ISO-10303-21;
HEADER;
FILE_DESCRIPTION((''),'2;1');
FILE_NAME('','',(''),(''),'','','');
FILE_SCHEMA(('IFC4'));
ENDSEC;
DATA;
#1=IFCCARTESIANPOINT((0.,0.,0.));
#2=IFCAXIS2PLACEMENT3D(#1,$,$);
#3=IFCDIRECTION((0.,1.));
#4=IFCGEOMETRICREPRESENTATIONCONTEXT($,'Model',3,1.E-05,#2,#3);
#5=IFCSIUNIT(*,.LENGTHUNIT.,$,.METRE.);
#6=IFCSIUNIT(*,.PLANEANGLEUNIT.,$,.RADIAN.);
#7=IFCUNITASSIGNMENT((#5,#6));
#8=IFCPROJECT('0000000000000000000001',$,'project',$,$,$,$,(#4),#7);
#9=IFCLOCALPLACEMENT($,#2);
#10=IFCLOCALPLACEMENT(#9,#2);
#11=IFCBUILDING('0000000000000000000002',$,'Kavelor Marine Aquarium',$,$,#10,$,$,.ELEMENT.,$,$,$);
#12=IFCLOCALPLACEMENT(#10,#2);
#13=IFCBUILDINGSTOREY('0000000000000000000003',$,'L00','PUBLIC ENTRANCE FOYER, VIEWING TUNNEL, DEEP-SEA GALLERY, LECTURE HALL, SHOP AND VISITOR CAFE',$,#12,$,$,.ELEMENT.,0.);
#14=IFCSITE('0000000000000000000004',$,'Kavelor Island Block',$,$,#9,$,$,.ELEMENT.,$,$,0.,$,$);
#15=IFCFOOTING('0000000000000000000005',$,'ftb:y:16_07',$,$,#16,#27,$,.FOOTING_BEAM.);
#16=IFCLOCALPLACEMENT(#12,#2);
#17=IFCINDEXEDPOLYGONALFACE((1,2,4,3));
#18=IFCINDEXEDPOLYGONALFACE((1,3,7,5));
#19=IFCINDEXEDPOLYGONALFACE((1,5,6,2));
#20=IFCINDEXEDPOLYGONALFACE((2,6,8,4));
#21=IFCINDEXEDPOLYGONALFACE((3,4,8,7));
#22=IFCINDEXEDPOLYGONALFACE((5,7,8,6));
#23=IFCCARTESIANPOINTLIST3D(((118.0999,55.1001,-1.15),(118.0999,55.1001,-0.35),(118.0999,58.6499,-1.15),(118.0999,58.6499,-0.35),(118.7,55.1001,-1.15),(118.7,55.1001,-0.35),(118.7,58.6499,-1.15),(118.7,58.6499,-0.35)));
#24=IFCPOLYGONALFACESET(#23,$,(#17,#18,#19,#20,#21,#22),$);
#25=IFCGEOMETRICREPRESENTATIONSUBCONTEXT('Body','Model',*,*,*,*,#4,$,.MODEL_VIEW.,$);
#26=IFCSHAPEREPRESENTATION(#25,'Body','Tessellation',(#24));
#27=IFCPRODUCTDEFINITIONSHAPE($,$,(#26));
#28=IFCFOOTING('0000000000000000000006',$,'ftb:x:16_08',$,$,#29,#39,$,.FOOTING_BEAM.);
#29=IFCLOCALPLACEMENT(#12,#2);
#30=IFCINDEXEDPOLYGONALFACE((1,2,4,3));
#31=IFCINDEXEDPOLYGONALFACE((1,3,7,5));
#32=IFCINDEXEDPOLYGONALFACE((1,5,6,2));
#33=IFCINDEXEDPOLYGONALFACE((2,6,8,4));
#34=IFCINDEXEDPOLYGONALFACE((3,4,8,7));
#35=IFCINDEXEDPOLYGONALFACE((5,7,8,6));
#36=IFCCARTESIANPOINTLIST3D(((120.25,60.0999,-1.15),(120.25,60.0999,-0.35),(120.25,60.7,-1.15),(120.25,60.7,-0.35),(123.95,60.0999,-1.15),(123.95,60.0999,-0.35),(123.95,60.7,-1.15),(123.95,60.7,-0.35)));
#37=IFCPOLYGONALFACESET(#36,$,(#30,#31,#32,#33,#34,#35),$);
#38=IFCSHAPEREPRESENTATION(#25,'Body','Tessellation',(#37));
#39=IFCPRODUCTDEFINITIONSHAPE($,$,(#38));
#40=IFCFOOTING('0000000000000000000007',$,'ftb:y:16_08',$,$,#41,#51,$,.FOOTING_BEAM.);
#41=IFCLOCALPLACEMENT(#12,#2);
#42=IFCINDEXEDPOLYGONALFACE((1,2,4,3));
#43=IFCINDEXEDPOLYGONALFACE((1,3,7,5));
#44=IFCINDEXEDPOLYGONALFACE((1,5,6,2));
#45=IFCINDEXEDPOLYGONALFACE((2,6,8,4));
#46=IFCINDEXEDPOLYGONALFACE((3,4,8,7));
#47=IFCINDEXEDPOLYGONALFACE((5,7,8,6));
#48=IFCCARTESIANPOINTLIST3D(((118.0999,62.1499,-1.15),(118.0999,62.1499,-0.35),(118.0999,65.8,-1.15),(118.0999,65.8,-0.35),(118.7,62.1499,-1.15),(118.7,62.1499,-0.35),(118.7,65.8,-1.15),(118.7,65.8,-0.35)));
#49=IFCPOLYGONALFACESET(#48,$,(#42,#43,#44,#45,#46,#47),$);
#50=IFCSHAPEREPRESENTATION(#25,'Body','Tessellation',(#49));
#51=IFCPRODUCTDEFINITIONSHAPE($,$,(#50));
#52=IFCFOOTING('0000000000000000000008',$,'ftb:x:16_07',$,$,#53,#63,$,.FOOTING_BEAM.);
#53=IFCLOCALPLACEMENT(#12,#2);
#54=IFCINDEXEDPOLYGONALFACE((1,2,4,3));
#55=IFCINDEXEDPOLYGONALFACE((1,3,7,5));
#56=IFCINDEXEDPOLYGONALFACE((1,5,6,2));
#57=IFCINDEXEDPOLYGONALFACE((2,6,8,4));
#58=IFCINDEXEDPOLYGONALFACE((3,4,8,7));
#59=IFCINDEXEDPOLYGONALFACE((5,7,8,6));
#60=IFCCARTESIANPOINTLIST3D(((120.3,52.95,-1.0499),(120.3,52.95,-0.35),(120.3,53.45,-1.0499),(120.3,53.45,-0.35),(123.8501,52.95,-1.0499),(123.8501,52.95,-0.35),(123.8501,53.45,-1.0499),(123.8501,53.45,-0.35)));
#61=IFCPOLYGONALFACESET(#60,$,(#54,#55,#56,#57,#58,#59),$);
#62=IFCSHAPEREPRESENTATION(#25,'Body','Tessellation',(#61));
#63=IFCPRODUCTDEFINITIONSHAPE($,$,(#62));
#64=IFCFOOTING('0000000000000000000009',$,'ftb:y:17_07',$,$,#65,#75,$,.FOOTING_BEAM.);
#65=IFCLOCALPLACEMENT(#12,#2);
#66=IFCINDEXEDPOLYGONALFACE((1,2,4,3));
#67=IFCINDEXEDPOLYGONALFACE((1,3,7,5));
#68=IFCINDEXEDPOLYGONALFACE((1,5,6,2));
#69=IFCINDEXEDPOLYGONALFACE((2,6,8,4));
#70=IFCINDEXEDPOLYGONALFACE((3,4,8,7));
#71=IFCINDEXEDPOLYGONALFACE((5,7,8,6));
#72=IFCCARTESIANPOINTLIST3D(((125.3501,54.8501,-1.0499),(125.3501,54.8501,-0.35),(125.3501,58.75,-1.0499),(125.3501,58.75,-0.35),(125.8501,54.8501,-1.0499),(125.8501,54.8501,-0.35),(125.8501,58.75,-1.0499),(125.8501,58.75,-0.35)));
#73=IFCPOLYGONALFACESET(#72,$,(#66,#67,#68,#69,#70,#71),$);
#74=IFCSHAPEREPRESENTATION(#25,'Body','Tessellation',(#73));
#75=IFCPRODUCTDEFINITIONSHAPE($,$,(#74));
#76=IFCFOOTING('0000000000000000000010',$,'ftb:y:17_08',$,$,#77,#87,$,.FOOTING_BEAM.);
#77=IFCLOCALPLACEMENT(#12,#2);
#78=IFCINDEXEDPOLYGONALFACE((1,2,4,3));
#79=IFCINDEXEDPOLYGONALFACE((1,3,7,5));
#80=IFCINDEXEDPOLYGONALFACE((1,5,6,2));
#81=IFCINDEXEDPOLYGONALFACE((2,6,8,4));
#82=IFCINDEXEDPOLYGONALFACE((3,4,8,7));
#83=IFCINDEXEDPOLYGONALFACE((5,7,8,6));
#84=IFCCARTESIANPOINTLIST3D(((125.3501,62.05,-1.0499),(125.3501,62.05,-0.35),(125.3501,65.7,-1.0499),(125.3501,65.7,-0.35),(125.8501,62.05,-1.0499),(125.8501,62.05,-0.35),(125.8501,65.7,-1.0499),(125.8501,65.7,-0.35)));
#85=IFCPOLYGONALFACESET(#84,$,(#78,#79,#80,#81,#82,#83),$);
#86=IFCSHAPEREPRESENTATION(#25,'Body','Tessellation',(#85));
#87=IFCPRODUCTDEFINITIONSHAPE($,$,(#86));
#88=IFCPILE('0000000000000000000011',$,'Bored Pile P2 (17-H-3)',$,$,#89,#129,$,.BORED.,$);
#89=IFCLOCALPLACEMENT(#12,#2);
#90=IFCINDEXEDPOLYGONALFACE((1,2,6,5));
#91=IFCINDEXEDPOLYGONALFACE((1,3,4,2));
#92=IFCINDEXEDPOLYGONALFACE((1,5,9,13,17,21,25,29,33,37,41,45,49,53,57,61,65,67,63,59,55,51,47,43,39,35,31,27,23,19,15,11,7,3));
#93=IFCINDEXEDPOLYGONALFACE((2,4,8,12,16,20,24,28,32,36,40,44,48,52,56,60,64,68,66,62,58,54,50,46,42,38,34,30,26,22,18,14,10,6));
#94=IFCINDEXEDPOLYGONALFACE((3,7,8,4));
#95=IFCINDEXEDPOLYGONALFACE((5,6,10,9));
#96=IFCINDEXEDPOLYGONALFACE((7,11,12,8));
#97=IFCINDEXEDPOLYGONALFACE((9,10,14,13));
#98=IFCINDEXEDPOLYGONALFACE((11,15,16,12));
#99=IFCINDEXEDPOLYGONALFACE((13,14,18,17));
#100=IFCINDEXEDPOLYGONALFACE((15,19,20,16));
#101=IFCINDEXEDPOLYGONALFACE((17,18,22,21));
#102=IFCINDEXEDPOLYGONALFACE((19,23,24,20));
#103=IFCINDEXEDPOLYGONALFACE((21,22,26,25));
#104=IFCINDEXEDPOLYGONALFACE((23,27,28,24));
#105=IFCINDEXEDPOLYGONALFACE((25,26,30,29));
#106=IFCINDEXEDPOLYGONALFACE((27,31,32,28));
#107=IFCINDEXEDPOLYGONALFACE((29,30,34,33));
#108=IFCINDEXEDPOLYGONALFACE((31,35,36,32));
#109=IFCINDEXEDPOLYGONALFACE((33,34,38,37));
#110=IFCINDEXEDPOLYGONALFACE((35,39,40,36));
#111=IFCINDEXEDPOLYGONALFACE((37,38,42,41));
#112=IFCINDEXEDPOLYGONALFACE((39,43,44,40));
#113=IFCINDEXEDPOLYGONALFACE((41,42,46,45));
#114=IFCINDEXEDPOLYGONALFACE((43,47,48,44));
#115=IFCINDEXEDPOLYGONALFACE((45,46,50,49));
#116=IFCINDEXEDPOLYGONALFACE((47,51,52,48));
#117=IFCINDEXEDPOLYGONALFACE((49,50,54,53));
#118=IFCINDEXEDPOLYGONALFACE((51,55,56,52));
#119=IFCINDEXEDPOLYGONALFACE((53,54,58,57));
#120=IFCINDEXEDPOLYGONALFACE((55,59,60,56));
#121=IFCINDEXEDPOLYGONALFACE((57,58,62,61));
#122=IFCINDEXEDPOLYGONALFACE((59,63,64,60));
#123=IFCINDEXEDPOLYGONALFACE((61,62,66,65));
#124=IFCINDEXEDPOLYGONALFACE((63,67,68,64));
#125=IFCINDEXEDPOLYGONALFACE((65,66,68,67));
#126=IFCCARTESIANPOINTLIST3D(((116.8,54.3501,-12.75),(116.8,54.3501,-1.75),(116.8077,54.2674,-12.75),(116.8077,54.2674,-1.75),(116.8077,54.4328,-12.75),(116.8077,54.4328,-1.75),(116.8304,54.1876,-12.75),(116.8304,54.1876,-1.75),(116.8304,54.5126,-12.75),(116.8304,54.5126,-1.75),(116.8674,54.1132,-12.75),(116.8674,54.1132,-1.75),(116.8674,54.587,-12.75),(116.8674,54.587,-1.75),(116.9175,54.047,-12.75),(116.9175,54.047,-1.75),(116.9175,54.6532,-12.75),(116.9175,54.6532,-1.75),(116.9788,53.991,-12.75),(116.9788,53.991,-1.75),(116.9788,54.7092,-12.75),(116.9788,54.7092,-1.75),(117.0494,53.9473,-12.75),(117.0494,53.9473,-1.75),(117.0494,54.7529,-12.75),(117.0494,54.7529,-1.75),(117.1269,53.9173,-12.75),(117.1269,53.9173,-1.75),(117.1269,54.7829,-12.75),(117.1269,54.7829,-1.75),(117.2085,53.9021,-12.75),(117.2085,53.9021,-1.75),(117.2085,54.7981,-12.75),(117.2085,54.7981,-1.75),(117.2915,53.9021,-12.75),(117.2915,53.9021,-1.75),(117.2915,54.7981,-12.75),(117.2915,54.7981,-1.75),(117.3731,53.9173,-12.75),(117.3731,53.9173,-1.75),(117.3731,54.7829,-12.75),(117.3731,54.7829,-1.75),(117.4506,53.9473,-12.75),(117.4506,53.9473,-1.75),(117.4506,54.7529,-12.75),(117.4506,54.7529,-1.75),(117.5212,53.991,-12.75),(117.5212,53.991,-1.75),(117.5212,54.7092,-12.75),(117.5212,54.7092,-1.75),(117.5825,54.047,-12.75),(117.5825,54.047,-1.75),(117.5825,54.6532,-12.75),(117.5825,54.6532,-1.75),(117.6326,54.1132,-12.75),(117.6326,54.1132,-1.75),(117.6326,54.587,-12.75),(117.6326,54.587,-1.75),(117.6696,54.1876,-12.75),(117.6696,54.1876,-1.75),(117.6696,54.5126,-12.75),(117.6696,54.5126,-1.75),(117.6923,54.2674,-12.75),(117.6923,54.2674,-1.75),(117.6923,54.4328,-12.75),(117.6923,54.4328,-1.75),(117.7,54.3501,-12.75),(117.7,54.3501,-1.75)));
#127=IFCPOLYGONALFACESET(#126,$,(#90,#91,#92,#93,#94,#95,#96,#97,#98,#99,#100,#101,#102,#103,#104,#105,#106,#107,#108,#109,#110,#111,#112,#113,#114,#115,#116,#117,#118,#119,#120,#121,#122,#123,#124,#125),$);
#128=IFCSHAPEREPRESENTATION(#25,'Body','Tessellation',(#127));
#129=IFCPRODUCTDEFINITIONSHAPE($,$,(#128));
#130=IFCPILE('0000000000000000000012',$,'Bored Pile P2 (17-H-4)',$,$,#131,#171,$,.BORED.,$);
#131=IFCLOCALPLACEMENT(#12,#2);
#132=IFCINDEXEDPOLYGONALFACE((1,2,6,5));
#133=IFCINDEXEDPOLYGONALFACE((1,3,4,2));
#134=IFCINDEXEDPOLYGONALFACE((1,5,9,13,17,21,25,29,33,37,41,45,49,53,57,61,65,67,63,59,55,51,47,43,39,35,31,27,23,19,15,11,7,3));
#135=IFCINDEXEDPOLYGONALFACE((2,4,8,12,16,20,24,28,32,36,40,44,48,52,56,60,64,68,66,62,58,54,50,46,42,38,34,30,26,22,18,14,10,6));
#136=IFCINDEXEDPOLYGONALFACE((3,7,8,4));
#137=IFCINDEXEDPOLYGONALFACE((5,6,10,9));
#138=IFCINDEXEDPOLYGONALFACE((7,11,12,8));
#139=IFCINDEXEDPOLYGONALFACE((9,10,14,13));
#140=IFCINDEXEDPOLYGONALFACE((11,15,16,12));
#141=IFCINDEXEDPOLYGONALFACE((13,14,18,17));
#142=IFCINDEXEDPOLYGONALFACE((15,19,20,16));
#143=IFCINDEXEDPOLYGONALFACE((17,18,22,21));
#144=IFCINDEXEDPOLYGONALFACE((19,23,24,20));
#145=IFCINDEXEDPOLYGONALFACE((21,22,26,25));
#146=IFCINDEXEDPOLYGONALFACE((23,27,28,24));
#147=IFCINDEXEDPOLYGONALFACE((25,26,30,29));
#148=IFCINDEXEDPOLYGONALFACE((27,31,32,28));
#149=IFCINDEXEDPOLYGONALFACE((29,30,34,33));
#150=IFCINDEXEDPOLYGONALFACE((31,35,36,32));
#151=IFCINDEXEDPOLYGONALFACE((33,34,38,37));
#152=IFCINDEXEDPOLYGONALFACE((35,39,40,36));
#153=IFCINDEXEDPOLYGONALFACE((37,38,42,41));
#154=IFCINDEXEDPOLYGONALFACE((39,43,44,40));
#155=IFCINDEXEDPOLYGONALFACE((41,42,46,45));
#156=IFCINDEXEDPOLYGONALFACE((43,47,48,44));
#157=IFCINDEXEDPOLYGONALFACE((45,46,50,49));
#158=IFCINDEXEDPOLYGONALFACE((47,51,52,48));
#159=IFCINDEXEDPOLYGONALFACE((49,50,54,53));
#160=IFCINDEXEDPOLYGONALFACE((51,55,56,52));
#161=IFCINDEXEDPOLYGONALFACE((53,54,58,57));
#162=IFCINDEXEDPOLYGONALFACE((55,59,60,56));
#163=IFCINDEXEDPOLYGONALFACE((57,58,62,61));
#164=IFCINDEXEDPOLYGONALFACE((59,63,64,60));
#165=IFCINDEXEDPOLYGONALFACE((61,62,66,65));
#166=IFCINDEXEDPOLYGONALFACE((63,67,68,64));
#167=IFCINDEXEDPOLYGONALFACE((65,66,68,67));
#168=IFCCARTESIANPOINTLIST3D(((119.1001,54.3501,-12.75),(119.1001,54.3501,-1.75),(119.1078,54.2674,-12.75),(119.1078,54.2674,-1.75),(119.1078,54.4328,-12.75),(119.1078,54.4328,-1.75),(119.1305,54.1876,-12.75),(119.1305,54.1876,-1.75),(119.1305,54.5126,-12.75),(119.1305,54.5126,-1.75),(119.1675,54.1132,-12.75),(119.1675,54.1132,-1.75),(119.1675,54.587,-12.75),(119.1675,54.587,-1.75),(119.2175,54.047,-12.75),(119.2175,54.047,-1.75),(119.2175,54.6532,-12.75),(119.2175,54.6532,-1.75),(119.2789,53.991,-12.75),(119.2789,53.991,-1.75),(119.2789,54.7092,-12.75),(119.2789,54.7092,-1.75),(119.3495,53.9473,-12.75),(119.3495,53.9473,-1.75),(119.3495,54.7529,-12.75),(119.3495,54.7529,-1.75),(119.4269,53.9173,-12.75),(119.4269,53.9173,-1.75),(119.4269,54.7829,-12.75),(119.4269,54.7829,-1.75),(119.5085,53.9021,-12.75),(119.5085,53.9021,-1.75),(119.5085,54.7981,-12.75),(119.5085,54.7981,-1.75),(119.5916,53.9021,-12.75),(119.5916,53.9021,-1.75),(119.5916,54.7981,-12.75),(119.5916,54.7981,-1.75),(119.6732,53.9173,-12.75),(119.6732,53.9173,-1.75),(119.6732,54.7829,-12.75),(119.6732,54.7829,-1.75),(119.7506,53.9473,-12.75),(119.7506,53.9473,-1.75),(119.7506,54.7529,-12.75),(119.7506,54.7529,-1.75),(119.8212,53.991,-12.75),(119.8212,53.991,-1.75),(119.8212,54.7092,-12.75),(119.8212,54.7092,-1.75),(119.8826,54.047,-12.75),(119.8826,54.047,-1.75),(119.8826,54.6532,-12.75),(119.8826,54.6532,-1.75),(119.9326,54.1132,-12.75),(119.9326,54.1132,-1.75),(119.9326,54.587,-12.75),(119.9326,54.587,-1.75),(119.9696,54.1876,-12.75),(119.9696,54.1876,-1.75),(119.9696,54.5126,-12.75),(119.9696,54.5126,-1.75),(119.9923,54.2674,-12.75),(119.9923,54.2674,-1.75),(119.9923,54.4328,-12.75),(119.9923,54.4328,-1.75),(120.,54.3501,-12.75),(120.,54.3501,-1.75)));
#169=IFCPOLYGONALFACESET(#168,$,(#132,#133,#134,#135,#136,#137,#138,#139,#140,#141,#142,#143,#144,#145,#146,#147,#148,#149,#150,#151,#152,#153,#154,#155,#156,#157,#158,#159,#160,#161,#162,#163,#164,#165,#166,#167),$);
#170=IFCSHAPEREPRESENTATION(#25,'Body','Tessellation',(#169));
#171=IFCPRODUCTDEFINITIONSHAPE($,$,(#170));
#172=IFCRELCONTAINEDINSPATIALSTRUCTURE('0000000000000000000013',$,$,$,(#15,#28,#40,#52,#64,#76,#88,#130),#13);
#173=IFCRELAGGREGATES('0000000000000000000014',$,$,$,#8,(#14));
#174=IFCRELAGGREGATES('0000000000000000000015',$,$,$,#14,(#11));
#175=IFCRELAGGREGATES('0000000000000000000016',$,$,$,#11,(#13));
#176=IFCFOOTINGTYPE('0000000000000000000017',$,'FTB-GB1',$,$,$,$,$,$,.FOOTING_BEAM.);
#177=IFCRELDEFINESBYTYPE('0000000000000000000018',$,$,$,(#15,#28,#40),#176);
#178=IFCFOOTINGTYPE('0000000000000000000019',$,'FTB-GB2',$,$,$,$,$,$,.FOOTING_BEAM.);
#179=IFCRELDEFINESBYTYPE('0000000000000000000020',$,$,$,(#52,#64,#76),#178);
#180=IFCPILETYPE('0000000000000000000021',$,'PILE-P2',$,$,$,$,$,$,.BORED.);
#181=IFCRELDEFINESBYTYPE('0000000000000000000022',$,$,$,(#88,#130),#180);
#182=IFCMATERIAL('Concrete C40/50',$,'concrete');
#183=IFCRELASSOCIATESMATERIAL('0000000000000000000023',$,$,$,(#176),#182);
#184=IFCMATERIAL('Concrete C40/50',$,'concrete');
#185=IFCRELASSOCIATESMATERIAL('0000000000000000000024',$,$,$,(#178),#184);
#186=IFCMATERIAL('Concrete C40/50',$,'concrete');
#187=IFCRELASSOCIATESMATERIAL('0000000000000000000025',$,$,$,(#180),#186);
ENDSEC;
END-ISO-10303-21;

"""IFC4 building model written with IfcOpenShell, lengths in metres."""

from ifc_helpers import new_model, si_unit, direction, frame, origin, origin_2d, place, context, subcontext, project, spatial, rectangle, circle, extrude, material, material_profile, profile_set, type_object, element, save


model = new_model("IFC4")

# Units and contexts
model_context = context("Model", 3, precision=1e-05, world=origin(), true_north=direction((0.0, 1.0)))
body_context = subcontext(model_context, "Body", "Model", "MODEL_VIEW")
ifc_project = project(units=[si_unit("LENGTHUNIT", "METRE"), si_unit("PLANEANGLEUNIT", "RADIAN")], contexts=[model_context])

# Site, building, storey
site_placement = place(None, origin())
site = spatial("IfcSite", under=ifc_project, at=site_placement, Name="Kavelor Island Block", CompositionType="ELEMENT", RefElevation=0.0)
building_placement = place(site_placement, origin())
building = spatial("IfcBuilding", under=site, at=building_placement, Name="Kavelor Marine Aquarium", CompositionType="ELEMENT")
storey_placement = place(building_placement, origin())
storey = spatial("IfcBuildingStorey", under=building, at=storey_placement, Name="L00", Description="PUBLIC ENTRANCE FOYER, VIEWING TUNNEL, DEEP-SEA GALLERY, LECTURE HALL, SHOP AND VISITOR CAFE", CompositionType="ELEMENT", Elevation=0.0)

# Footings
ifc_material_1 = material(Name="Concrete C40/50", Category="concrete")
ifc_material_profile_1 = material_profile(ifc_material_1, rectangle(XDim=0.6001, YDim=0.8, at=origin_2d()), Name="GB 600x800")
ifc_profile_set_1 = profile_set([ifc_material_profile_1], Name="Concrete C40/50")
footing_type_1 = type_object("IfcFootingType", Name="FTB-GB1", PredefinedType="FOOTING_BEAM", material=ifc_profile_set_1)
footing_1_placement = place(storey_placement, frame((118.3999, 55.1001, -0.75), z_axis=(0.0, 1.0, 0.0), x_axis=(-1.0, 0.0, 0.0)))
element("IfcFooting", 1, at=footing_1_placement, inside=storey, type_object=footing_type_1, Name="ftb:y:16_07", PredefinedType="FOOTING_BEAM", context=body_context, shape_type="SweptSolid", body=[
    extrude(rectangle(XDim=0.6001, YDim=0.8, at=origin_2d()), origin(), (0.0, 0.0, 1.0), 3.5498),
])
footing_2_placement = place(storey_placement, frame((120.25, 60.3999, -0.75), z_axis=(1.0, 0.0, 0.0), x_axis=(0.0, 1.0, 0.0)))
element("IfcFooting", 2, at=footing_2_placement, inside=storey, type_object=footing_type_1, Name="ftb:x:16_08", PredefinedType="FOOTING_BEAM", context=body_context, shape_type="SweptSolid", body=[
    extrude(rectangle(XDim=0.6001, YDim=0.8, at=origin_2d()), origin(), (0.0, 0.0, 1.0), 3.7),
])
footing_3_placement = place(storey_placement, frame((118.3999, 62.1499, -0.75), z_axis=(0.0, 1.0, 0.0), x_axis=(-1.0, 0.0, 0.0)))
element("IfcFooting", 3, at=footing_3_placement, inside=storey, type_object=footing_type_1, Name="ftb:y:16_08", PredefinedType="FOOTING_BEAM", context=body_context, shape_type="SweptSolid", body=[
    extrude(rectangle(XDim=0.6001, YDim=0.8, at=origin_2d()), origin(), (0.0, 0.0, 1.0), 3.6501),
])
ifc_material_2 = material(Name="Concrete C40/50", Category="concrete")
ifc_material_profile_2 = material_profile(ifc_material_2, rectangle(XDim=0.5, YDim=0.7, at=origin_2d()), Name="GB 500x700")
ifc_profile_set_2 = profile_set([ifc_material_profile_2], Name="Concrete C40/50")
footing_type_2 = type_object("IfcFootingType", Name="FTB-GB2", PredefinedType="FOOTING_BEAM", material=ifc_profile_set_2)
footing_4_placement = place(storey_placement, frame((120.3, 53.2, -0.7), z_axis=(1.0, 0.0, 0.0), x_axis=(0.0, 1.0, 0.0)))
element("IfcFooting", 4, at=footing_4_placement, inside=storey, type_object=footing_type_2, Name="ftb:x:16_07", PredefinedType="FOOTING_BEAM", context=body_context, shape_type="SweptSolid", body=[
    extrude(rectangle(XDim=0.5, YDim=0.7, at=origin_2d()), origin(), (0.0, 0.0, 1.0), 3.55),
])
footing_5_placement = place(storey_placement, frame((125.6001, 54.8501, -0.7), z_axis=(0.0, 1.0, 0.0), x_axis=(-1.0, 0.0, 0.0)))
element("IfcFooting", 5, at=footing_5_placement, inside=storey, type_object=footing_type_2, Name="ftb:y:17_07", PredefinedType="FOOTING_BEAM", context=body_context, shape_type="SweptSolid", body=[
    extrude(rectangle(XDim=0.5, YDim=0.7, at=origin_2d()), origin(), (0.0, 0.0, 1.0), 3.8999),
])
footing_6_placement = place(storey_placement, frame((125.6001, 62.05, -0.7), z_axis=(0.0, 1.0, 0.0), x_axis=(-1.0, 0.0, 0.0)))
element("IfcFooting", 6, at=footing_6_placement, inside=storey, type_object=footing_type_2, Name="ftb:y:17_08", PredefinedType="FOOTING_BEAM", context=body_context, shape_type="SweptSolid", body=[
    extrude(rectangle(XDim=0.5, YDim=0.7, at=origin_2d()), origin(), (0.0, 0.0, 1.0), 3.6499),
])

# Piles
ifc_material_3 = material(Name="Concrete C40/50", Category="concrete")
ifc_material_profile_3 = material_profile(ifc_material_3, circle(Radius=0.45, at=origin_2d()), Name="PILE D900")
ifc_profile_set_3 = profile_set([ifc_material_profile_3], Name="Concrete C40/50")
pile_type_1 = type_object("IfcPileType", Name="PILE-P2", PredefinedType="BORED", material=ifc_profile_set_3)
for number, where, z_axis, x_axis, name in (
    (7, (117.25, 54.3501, -1.75), (0.0, 0.0, -1.0), (1.0, 0.0, 0.0), "Bored Pile P2 (17-H-3)"),
    (8, (119.55, 54.3501, -1.75), (0.0, 0.0, -1.0), (1.0, 0.0, 0.0), "Bored Pile P2 (17-H-4)"),
):
    element("IfcPile", number, at=place(storey_placement, frame(where, z_axis=z_axis, x_axis=x_axis)), inside=storey, type_object=pile_type_1, Name=name, PredefinedType="BORED", context=body_context, shape_type="SweptSolid", body=[
        extrude(circle(Radius=0.45, at=origin_2d()), origin(), (0.0, 0.0, 1.0), 11.0),
    ])

save(model, "model.ifc")
